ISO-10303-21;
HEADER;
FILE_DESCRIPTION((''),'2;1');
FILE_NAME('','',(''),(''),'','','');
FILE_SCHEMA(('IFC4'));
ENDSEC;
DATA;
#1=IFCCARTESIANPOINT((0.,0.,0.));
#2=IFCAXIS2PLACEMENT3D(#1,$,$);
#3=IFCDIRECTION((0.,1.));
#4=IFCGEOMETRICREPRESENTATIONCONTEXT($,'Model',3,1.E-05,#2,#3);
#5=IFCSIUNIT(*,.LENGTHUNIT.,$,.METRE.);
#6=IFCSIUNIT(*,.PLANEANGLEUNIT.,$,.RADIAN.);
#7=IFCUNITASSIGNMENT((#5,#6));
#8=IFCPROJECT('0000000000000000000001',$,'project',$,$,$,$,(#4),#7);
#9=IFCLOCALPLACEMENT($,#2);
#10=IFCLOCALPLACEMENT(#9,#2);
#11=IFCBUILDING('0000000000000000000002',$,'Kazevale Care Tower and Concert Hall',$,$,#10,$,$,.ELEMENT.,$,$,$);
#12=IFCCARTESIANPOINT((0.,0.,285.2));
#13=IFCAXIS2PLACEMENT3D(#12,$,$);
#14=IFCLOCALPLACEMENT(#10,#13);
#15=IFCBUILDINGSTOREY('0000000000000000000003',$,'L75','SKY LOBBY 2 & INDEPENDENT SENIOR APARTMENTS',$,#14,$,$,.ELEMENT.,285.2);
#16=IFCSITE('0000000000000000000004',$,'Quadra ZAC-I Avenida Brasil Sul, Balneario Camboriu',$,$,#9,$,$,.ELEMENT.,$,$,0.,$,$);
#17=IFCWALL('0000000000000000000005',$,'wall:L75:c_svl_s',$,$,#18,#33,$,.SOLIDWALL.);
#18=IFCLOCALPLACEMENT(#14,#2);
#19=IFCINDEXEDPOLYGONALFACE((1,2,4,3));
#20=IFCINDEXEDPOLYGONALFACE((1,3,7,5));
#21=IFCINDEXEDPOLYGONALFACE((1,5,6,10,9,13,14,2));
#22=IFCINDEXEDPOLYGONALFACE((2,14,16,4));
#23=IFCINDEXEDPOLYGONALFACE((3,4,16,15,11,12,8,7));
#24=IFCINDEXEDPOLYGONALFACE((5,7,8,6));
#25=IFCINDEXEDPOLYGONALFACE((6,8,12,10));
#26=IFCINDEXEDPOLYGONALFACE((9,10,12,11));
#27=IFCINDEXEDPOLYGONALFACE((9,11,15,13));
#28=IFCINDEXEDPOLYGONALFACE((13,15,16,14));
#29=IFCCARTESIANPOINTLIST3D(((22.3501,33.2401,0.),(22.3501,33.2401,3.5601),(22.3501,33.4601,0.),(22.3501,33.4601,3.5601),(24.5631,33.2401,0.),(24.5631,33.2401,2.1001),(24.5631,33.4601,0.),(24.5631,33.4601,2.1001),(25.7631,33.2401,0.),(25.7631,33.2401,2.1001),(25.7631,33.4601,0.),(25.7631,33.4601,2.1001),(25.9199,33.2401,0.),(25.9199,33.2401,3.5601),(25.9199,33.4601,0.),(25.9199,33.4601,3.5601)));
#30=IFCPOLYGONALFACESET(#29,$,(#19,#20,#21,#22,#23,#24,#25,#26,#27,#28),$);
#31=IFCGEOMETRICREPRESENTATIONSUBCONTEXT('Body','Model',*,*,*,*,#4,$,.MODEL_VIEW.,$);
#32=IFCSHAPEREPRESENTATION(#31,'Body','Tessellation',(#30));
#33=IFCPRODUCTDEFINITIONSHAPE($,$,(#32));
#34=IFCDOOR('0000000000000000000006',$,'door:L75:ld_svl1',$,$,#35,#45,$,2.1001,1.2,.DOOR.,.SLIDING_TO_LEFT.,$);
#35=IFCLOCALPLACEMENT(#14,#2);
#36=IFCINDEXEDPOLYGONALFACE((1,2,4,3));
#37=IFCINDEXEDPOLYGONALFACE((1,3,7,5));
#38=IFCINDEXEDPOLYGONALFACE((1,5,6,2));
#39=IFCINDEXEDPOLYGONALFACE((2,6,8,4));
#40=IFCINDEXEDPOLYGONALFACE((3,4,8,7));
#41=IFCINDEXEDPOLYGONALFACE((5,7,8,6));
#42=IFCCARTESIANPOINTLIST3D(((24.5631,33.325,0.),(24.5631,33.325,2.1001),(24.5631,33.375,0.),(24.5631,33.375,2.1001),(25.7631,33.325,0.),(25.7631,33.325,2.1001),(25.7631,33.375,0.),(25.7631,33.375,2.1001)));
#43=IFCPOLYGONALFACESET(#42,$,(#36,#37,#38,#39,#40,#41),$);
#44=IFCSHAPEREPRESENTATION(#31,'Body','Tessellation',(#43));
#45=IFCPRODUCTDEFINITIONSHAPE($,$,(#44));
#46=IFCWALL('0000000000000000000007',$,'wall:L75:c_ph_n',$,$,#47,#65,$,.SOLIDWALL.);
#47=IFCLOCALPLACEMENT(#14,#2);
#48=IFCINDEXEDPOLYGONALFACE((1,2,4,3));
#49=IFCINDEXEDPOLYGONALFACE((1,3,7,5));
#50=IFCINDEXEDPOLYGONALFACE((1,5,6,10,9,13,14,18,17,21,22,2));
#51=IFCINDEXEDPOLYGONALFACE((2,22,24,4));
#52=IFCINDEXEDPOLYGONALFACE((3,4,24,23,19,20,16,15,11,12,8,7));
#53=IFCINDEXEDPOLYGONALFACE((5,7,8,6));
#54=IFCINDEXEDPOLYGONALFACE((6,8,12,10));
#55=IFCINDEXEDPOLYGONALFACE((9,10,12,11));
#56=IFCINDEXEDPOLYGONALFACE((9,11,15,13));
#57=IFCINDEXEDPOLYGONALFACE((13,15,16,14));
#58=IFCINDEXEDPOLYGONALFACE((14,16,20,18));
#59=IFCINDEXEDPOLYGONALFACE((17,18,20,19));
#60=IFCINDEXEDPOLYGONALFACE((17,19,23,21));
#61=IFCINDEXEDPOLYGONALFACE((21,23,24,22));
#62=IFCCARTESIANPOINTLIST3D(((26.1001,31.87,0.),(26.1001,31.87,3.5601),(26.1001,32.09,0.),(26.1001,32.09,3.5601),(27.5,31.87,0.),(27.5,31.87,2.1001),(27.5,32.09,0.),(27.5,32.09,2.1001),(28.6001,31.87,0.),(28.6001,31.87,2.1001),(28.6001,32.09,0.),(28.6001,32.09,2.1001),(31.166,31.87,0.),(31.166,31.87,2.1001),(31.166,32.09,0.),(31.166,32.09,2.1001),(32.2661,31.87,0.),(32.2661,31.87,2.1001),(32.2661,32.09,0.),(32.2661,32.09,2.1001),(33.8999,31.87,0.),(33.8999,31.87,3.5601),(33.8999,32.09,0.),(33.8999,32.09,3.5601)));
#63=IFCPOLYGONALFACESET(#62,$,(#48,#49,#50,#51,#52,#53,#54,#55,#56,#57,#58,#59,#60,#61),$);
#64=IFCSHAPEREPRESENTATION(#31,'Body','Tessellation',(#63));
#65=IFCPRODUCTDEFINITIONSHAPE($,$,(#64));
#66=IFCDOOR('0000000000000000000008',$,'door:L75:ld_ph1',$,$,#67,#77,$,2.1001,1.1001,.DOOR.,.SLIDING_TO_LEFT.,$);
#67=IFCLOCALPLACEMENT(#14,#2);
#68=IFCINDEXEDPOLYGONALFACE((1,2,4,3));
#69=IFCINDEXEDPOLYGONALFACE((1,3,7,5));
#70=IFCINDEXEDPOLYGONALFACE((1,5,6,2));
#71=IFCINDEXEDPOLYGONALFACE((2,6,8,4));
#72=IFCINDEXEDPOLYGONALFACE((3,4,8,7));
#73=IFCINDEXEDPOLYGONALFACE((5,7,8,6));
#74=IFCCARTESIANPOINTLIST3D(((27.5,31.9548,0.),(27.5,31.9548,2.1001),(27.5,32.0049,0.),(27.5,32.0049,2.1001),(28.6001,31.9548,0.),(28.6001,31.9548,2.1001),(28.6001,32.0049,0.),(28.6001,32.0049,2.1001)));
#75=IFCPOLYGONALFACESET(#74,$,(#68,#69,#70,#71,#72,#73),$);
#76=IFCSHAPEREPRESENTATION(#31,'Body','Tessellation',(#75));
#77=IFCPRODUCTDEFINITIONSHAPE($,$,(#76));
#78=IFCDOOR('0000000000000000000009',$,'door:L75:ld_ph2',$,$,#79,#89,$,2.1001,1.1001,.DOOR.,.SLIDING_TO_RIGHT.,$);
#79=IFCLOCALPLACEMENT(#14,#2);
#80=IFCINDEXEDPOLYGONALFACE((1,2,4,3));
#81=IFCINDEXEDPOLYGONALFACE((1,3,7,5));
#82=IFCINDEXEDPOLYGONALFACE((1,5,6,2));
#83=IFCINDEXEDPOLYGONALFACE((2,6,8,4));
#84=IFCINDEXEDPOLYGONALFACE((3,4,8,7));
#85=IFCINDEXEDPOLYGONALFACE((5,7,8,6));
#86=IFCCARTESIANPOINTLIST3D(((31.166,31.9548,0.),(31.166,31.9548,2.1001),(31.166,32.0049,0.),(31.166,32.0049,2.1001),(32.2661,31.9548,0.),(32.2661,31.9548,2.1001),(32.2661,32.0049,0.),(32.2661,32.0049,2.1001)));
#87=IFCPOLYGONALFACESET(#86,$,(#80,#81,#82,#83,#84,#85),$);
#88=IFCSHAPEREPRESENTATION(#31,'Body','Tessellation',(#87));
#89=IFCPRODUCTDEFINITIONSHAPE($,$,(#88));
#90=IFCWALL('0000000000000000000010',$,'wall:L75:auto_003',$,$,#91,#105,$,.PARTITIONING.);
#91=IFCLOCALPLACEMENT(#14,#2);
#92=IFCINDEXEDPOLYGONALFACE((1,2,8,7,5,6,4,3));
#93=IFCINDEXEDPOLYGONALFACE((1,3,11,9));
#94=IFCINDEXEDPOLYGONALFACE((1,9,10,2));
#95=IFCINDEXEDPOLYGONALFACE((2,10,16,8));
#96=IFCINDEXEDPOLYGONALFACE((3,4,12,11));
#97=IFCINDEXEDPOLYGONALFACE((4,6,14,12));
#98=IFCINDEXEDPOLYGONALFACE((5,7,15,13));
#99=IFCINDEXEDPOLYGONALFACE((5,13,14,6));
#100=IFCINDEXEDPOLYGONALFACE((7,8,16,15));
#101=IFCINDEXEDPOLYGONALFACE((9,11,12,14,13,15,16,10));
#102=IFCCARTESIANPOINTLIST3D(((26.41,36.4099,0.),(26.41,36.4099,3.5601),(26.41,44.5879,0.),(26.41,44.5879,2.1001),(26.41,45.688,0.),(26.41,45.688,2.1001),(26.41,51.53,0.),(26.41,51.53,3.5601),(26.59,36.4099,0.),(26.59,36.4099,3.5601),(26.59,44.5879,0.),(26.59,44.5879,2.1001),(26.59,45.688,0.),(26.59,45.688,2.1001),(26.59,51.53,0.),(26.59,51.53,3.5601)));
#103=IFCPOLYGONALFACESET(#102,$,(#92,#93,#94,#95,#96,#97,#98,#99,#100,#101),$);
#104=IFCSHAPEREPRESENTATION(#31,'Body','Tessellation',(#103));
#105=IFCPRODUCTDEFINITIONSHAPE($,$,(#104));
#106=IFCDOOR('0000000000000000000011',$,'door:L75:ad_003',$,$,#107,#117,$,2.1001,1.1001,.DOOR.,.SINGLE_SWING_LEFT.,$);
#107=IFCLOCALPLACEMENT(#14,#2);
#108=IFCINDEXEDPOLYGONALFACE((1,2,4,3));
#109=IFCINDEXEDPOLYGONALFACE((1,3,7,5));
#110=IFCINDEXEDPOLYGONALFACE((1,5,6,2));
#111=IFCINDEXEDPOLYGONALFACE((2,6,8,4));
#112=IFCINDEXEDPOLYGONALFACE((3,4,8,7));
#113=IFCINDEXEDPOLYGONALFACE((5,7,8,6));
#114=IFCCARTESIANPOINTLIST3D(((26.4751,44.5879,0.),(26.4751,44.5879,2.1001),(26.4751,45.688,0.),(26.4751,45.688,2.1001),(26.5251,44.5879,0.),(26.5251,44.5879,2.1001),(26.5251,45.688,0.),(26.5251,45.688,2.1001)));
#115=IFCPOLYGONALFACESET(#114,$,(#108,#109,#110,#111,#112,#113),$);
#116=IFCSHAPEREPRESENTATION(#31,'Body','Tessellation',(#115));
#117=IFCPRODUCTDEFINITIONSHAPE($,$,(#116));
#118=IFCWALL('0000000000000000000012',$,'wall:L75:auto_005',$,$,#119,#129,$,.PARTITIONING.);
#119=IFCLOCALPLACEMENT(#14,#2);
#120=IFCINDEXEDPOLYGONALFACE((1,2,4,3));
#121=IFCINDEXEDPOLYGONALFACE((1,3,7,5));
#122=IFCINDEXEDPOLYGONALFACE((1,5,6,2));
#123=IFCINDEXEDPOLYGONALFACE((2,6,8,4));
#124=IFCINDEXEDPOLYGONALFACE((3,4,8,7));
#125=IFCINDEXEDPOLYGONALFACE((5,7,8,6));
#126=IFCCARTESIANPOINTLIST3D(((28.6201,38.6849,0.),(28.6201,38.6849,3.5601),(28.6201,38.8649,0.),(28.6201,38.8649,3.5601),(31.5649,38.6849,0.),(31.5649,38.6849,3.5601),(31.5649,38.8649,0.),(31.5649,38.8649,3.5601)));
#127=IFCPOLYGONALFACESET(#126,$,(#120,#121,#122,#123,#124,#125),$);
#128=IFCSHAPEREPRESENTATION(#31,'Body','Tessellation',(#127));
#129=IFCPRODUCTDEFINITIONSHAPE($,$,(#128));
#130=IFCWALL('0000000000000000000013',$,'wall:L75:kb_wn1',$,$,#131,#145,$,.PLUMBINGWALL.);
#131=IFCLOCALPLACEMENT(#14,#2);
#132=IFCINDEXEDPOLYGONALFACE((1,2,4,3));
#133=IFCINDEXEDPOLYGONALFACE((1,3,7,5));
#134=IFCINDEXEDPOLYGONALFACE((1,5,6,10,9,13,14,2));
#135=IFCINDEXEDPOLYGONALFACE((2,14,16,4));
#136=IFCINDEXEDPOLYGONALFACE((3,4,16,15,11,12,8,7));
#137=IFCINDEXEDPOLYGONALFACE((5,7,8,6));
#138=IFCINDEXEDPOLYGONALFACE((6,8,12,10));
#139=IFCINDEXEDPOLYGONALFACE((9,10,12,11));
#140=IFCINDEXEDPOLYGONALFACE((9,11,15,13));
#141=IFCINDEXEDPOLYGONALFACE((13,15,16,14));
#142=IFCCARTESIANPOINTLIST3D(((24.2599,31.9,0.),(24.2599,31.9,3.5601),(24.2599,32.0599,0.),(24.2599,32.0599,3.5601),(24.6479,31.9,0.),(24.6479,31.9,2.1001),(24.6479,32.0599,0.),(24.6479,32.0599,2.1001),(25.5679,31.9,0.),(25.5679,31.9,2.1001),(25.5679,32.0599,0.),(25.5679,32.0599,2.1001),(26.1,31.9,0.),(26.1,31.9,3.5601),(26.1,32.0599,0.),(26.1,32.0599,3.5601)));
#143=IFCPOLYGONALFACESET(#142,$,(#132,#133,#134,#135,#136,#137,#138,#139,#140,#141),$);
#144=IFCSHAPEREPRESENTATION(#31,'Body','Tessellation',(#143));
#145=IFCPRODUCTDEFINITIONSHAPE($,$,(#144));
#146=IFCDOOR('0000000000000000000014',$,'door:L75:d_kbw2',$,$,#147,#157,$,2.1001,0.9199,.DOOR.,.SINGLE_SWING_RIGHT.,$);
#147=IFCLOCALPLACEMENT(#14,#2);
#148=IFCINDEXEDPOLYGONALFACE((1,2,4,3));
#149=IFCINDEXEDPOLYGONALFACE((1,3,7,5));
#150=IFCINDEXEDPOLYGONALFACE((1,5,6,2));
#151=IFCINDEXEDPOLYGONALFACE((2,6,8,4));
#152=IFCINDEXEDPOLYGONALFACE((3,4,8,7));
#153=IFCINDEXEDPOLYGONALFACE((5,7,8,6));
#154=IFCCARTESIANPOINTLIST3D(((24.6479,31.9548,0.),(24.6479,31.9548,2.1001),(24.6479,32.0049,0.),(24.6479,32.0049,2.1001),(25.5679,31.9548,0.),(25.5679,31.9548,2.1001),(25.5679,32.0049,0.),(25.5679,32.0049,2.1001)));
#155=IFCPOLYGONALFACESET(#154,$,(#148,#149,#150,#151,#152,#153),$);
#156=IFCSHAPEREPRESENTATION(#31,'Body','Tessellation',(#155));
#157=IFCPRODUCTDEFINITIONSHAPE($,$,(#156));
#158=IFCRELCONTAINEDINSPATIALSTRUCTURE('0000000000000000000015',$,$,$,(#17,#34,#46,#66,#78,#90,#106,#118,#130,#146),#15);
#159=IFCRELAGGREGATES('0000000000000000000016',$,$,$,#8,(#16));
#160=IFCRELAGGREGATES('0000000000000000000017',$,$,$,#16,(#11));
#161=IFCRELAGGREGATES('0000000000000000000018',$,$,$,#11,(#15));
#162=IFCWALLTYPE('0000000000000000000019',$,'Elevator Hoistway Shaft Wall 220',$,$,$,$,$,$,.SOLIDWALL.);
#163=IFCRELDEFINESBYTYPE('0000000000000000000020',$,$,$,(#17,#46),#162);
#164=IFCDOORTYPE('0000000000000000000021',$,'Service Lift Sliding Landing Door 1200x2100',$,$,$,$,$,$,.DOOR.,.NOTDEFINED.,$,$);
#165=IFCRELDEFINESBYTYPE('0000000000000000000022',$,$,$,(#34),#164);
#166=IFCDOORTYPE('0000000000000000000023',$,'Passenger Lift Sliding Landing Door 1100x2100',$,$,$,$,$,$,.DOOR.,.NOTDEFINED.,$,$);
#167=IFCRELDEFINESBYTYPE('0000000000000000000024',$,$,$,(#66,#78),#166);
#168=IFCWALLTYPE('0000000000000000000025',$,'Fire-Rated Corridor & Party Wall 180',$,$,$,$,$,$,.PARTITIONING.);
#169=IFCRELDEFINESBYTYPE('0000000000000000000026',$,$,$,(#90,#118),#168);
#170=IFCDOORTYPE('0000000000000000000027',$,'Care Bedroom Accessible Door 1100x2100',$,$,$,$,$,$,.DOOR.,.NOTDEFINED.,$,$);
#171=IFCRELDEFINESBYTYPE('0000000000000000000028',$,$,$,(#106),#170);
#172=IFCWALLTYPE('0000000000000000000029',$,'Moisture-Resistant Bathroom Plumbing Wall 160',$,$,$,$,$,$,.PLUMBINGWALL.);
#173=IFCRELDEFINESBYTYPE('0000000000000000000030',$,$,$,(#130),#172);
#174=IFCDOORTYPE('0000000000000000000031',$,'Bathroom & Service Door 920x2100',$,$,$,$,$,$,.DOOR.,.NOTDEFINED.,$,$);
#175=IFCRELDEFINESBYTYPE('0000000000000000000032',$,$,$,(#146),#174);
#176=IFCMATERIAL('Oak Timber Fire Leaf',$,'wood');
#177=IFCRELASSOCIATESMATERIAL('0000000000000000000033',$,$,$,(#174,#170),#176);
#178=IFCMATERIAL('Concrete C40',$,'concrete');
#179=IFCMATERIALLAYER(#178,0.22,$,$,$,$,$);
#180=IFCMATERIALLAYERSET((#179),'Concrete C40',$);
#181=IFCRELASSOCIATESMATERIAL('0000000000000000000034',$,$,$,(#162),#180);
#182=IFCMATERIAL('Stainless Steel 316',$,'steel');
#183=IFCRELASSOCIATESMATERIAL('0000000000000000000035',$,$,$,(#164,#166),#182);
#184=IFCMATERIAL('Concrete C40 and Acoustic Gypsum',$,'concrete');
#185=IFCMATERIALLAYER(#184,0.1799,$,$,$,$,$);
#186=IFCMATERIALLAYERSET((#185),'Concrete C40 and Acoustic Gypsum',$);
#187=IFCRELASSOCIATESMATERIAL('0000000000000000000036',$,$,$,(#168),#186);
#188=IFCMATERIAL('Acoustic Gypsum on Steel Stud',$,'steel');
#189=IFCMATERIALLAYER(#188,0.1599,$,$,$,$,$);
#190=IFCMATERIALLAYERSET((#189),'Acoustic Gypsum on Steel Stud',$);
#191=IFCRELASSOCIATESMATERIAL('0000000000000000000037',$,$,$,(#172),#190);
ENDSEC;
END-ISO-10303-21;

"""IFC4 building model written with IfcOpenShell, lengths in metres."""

from ifc_helpers import new_model, si_unit, direction, frame, frame_2d, origin, place, context, subcontext, project, spatial, rectangle, extrude, material, layer, layer_set, type_object, element, fill, save


model = new_model("IFC4")

# Units and contexts
model_context = context("Model", 3, precision=1e-05, world=origin(), true_north=direction((0.0, 1.0)))
body_context = subcontext(model_context, "Body", "Model", "MODEL_VIEW")
ifc_project = project(units=[si_unit("LENGTHUNIT", "METRE"), si_unit("PLANEANGLEUNIT", "RADIAN")], contexts=[model_context])

# Site, building, storey
site_placement = place(None, origin())
site = spatial("IfcSite", under=ifc_project, at=site_placement, Name="Quadra ZAC-I Avenida Brasil Sul, Balneario Camboriu", CompositionType="ELEMENT", RefElevation=0.0)
building_placement = place(site_placement, origin())
building = spatial("IfcBuilding", under=site, at=building_placement, Name="Kazevale Care Tower and Concert Hall", CompositionType="ELEMENT")
storey_placement = place(building_placement, frame((0.0, 0.0, 285.2)))
storey = spatial("IfcBuildingStorey", under=building, at=storey_placement, Name="L75", Description="SKY LOBBY 2 & INDEPENDENT SENIOR APARTMENTS", CompositionType="ELEMENT", Elevation=285.2)

# Shared definitions
ifc_material_1 = material(Name="Acoustic Gypsum on Steel Stud", Category="steel")
ifc_material_2 = material(Name="Oak Timber Fire Leaf", Category="wood")
door_type_1 = type_object("IfcDoorType", Name="Bathroom & Service Door 920x2100", OperationType="NOTDEFINED", PredefinedType="DOOR", material=ifc_material_2)

# Shared definitions
ifc_material_3 = material(Name="Concrete C40", Category="concrete")
ifc_layer_1 = layer(ifc_material_3, 0.22)
ifc_layer_set_1 = layer_set([ifc_layer_1], Name="Concrete C40")
wall_type_1 = type_object("IfcWallType", Name="Elevator Hoistway Shaft Wall 220", PredefinedType="SOLIDWALL", material=ifc_layer_set_1)

# Wall, opening, door
wall_1_placement = place(storey_placement, frame((22.3501, 33.3501, 0.0), z_axis=(0.0, 0.0, 1.0), x_axis=(1.0, 0.0, 0.0)))
wall_1 = element("IfcWall", 1, at=wall_1_placement, inside=storey, type_object=wall_type_1, Name="wall:L75:c_svl_s", PredefinedType="SOLIDWALL", context=body_context, shape_type="SweptSolid", body=[
    extrude(rectangle(XDim=3.5698, YDim=0.22, at=frame_2d((1.7849, 0.0))), origin(), (0.0, 0.0, 1.0), 3.5601),
])
opening_1_placement = place(wall_1_placement, frame((2.2129, 0.0, 0.0)))
opening_1 = element("IfcOpeningElement", 2, at=opening_1_placement, cuts=wall_1, PredefinedType="OPENING", context=body_context, shape_type="SweptSolid", body=[
    extrude(rectangle(XDim=1.2, YDim=2.1001, at=frame_2d((0.6001, 1.05))), frame((0.0, 0.1199, 0.0), z_axis=(0.0, -1.0, 0.0), x_axis=(1.0, 0.0, 0.0)), (0.0, 0.0, 1.0), 0.24),
])
ifc_material_4 = material(Name="Stainless Steel 316", Category="steel")
door_type_2 = type_object("IfcDoorType", Name="Service Lift Sliding Landing Door 1200x2100", OperationType="NOTDEFINED", PredefinedType="DOOR", material=ifc_material_4)
door_1_placement = place(opening_1_placement, origin())
door_1 = element("IfcDoor", 3, at=door_1_placement, inside=storey, type_object=door_type_2, Name="door:L75:ld_svl1", OperationType="SLIDING_TO_LEFT", OverallHeight=2.1001, OverallWidth=1.2, PredefinedType="DOOR", context=body_context, shape_type="SweptSolid", body=[
    extrude(rectangle(XDim=1.2, YDim=2.1001, at=frame_2d((0.6001, 1.05))), frame((0.0, 0.0249, 0.0), z_axis=(0.0, -1.0, 0.0), x_axis=(1.0, 0.0, 0.0)), (0.0, 0.0, 1.0), 0.05),
])
fill(opening_1, door_1)

# Wall, openings, doors
wall_2_placement = place(storey_placement, frame((26.1001, 31.98, 0.0), z_axis=(0.0, 0.0, 1.0), x_axis=(1.0, 0.0, 0.0)))
wall_2 = element("IfcWall", 4, at=wall_2_placement, inside=storey, type_object=wall_type_1, Name="wall:L75:c_ph_n", PredefinedType="SOLIDWALL", context=body_context, shape_type="SweptSolid", body=[
    extrude(rectangle(XDim=7.7998, YDim=0.22, at=frame_2d((3.8999, 0.0))), origin(), (0.0, 0.0, 1.0), 3.5601),
])
opening_2_placement = place(wall_2_placement, frame((1.3999, 0.0, 0.0)))
opening_2 = element("IfcOpeningElement", 5, at=opening_2_placement, cuts=wall_2, PredefinedType="OPENING", context=body_context, shape_type="SweptSolid", body=[
    extrude(rectangle(XDim=1.1001, YDim=2.1001, at=frame_2d((0.55, 1.05))), frame((0.0, 0.1199, 0.0), z_axis=(0.0, -1.0, 0.0), x_axis=(1.0, 0.0, 0.0)), (0.0, 0.0, 1.0), 0.24),
])
opening_3_placement = place(wall_2_placement, frame((5.0659, 0.0, 0.0)))
opening_3 = element("IfcOpeningElement", 6, at=opening_3_placement, cuts=wall_2, PredefinedType="OPENING", context=body_context, shape_type="SweptSolid", body=[
    extrude(rectangle(XDim=1.1001, YDim=2.1001, at=frame_2d((0.55, 1.05))), frame((0.0, 0.1199, 0.0), z_axis=(0.0, -1.0, 0.0), x_axis=(1.0, 0.0, 0.0)), (0.0, 0.0, 1.0), 0.24),
])
door_type_3 = type_object("IfcDoorType", Name="Passenger Lift Sliding Landing Door 1100x2100", OperationType="NOTDEFINED", PredefinedType="DOOR", material=ifc_material_4)
door_2_placement = place(opening_2_placement, origin())
door_2 = element("IfcDoor", 7, at=door_2_placement, inside=storey, type_object=door_type_3, Name="door:L75:ld_ph1", OperationType="SLIDING_TO_LEFT", OverallHeight=2.1001, OverallWidth=1.1001, PredefinedType="DOOR", context=body_context, shape_type="SweptSolid", body=[
    extrude(rectangle(XDim=1.1001, YDim=2.1001, at=frame_2d((0.55, 1.05))), frame((0.0, 0.0249, 0.0), z_axis=(0.0, -1.0, 0.0), x_axis=(1.0, 0.0, 0.0)), (0.0, 0.0, 1.0), 0.05),
])
fill(opening_2, door_2)
door_3_placement = place(opening_3_placement, origin())
door_3 = element("IfcDoor", 8, at=door_3_placement, inside=storey, type_object=door_type_3, Name="door:L75:ld_ph2", OperationType="SLIDING_TO_RIGHT", OverallHeight=2.1001, OverallWidth=1.1001, PredefinedType="DOOR", context=body_context, shape_type="SweptSolid", body=[
    extrude(rectangle(XDim=1.1001, YDim=2.1001, at=frame_2d((0.55, 1.05))), frame((0.0, 0.0249, 0.0), z_axis=(0.0, -1.0, 0.0), x_axis=(1.0, 0.0, 0.0)), (0.0, 0.0, 1.0), 0.05),
])
fill(opening_3, door_3)

# Wall, opening, door
ifc_material_5 = material(Name="Concrete C40 and Acoustic Gypsum", Category="concrete")
ifc_layer_2 = layer(ifc_material_5, 0.1799)
ifc_layer_set_2 = layer_set([ifc_layer_2], Name="Concrete C40 and Acoustic Gypsum")
wall_type_2 = type_object("IfcWallType", Name="Fire-Rated Corridor & Party Wall 180", PredefinedType="PARTITIONING", material=ifc_layer_set_2)
wall_3_placement = place(storey_placement, frame((26.5, 36.4099, 0.0), z_axis=(0.0, 0.0, 1.0), x_axis=(0.0, 1.0, 0.0)))
wall_3 = element("IfcWall", 9, at=wall_3_placement, inside=storey, type_object=wall_type_2, Name="wall:L75:auto_003", PredefinedType="PARTITIONING", context=body_context, shape_type="SweptSolid", body=[
    extrude(rectangle(XDim=15.1201, YDim=0.1799, at=frame_2d((7.5601, 0.0))), origin(), (0.0, 0.0, 1.0), 3.5601),
])
opening_4_placement = place(wall_3_placement, frame((8.178, 0.0, 0.0)))
opening_4 = element("IfcOpeningElement", 10, at=opening_4_placement, cuts=wall_3, PredefinedType="OPENING", context=body_context, shape_type="SweptSolid", body=[
    extrude(rectangle(XDim=1.1001, YDim=2.1001, at=frame_2d((0.55, 1.05))), frame((0.0, 0.0999, 0.0), z_axis=(0.0, -1.0, 0.0), x_axis=(1.0, 0.0, 0.0)), (0.0, 0.0, 1.0), 0.2),
])
door_type_4 = type_object("IfcDoorType", Name="Care Bedroom Accessible Door 1100x2100", OperationType="NOTDEFINED", PredefinedType="DOOR", material=ifc_material_2)
door_4_placement = place(opening_4_placement, origin())
door_4 = element("IfcDoor", 11, at=door_4_placement, inside=storey, type_object=door_type_4, Name="door:L75:ad_003", OperationType="SINGLE_SWING_LEFT", OverallHeight=2.1001, OverallWidth=1.1001, PredefinedType="DOOR", context=body_context, shape_type="SweptSolid", body=[
    extrude(rectangle(XDim=1.1001, YDim=2.1001, at=frame_2d((0.55, 1.05))), frame((0.0, 0.0249, 0.0), z_axis=(0.0, -1.0, 0.0), x_axis=(1.0, 0.0, 0.0)), (0.0, 0.0, 1.0), 0.05),
])
fill(opening_4, door_4)

# Wall
wall_4_placement = place(storey_placement, frame((28.6201, 38.7749, 0.0), z_axis=(0.0, 0.0, 1.0), x_axis=(1.0, 0.0, 0.0)))
element("IfcWall", 12, at=wall_4_placement, inside=storey, type_object=wall_type_2, Name="wall:L75:auto_005", PredefinedType="PARTITIONING", context=body_context, shape_type="SweptSolid", body=[
    extrude(rectangle(XDim=2.9448, YDim=0.1799, at=frame_2d((1.4724, 0.0))), origin(), (0.0, 0.0, 1.0), 3.5601),
])

# Wall, opening, door
ifc_layer_3 = layer(ifc_material_1, 0.1599)
ifc_layer_set_3 = layer_set([ifc_layer_3], Name="Acoustic Gypsum on Steel Stud")
wall_type_3 = type_object("IfcWallType", Name="Moisture-Resistant Bathroom Plumbing Wall 160", PredefinedType="PLUMBINGWALL", material=ifc_layer_set_3)
wall_5_placement = place(storey_placement, frame((24.26, 31.98, 0.0), z_axis=(0.0, 0.0, 1.0), x_axis=(1.0, 0.0, 0.0)))
wall_5 = element("IfcWall", 13, at=wall_5_placement, inside=storey, type_object=wall_type_3, Name="wall:L75:kb_wn1", PredefinedType="PLUMBINGWALL", context=body_context, shape_type="SweptSolid", body=[
    extrude(rectangle(XDim=1.8401, YDim=0.1599, at=frame_2d((0.9199, 0.0))), origin(), (0.0, 0.0, 1.0), 3.5601),
])
opening_5_placement = place(wall_5_placement, frame((0.3879, 0.0, 0.0)))
opening_5 = element("IfcOpeningElement", 14, at=opening_5_placement, cuts=wall_5, PredefinedType="OPENING", context=body_context, shape_type="SweptSolid", body=[
    extrude(rectangle(XDim=0.9199, YDim=2.1001, at=frame_2d((0.46, 1.05))), frame((0.0, 0.0898, 0.0), z_axis=(0.0, -1.0, 0.0), x_axis=(1.0, 0.0, 0.0)), (0.0, 0.0, 1.0), 0.1799),
])
door_5_placement = place(opening_5_placement, origin())
door_5 = element("IfcDoor", 15, at=door_5_placement, inside=storey, type_object=door_type_1, Name="door:L75:d_kbw2", OperationType="SINGLE_SWING_RIGHT", OverallHeight=2.1001, OverallWidth=0.9199, PredefinedType="DOOR", context=body_context, shape_type="SweptSolid", body=[
    extrude(rectangle(XDim=0.9199, YDim=2.1001, at=frame_2d((0.46, 1.05))), frame((0.0, 0.0249, 0.0), z_axis=(0.0, -1.0, 0.0), x_axis=(1.0, 0.0, 0.0)), (0.0, 0.0, 1.0), 0.05),
])
fill(opening_5, door_5)

save(model, "model.ifc")
